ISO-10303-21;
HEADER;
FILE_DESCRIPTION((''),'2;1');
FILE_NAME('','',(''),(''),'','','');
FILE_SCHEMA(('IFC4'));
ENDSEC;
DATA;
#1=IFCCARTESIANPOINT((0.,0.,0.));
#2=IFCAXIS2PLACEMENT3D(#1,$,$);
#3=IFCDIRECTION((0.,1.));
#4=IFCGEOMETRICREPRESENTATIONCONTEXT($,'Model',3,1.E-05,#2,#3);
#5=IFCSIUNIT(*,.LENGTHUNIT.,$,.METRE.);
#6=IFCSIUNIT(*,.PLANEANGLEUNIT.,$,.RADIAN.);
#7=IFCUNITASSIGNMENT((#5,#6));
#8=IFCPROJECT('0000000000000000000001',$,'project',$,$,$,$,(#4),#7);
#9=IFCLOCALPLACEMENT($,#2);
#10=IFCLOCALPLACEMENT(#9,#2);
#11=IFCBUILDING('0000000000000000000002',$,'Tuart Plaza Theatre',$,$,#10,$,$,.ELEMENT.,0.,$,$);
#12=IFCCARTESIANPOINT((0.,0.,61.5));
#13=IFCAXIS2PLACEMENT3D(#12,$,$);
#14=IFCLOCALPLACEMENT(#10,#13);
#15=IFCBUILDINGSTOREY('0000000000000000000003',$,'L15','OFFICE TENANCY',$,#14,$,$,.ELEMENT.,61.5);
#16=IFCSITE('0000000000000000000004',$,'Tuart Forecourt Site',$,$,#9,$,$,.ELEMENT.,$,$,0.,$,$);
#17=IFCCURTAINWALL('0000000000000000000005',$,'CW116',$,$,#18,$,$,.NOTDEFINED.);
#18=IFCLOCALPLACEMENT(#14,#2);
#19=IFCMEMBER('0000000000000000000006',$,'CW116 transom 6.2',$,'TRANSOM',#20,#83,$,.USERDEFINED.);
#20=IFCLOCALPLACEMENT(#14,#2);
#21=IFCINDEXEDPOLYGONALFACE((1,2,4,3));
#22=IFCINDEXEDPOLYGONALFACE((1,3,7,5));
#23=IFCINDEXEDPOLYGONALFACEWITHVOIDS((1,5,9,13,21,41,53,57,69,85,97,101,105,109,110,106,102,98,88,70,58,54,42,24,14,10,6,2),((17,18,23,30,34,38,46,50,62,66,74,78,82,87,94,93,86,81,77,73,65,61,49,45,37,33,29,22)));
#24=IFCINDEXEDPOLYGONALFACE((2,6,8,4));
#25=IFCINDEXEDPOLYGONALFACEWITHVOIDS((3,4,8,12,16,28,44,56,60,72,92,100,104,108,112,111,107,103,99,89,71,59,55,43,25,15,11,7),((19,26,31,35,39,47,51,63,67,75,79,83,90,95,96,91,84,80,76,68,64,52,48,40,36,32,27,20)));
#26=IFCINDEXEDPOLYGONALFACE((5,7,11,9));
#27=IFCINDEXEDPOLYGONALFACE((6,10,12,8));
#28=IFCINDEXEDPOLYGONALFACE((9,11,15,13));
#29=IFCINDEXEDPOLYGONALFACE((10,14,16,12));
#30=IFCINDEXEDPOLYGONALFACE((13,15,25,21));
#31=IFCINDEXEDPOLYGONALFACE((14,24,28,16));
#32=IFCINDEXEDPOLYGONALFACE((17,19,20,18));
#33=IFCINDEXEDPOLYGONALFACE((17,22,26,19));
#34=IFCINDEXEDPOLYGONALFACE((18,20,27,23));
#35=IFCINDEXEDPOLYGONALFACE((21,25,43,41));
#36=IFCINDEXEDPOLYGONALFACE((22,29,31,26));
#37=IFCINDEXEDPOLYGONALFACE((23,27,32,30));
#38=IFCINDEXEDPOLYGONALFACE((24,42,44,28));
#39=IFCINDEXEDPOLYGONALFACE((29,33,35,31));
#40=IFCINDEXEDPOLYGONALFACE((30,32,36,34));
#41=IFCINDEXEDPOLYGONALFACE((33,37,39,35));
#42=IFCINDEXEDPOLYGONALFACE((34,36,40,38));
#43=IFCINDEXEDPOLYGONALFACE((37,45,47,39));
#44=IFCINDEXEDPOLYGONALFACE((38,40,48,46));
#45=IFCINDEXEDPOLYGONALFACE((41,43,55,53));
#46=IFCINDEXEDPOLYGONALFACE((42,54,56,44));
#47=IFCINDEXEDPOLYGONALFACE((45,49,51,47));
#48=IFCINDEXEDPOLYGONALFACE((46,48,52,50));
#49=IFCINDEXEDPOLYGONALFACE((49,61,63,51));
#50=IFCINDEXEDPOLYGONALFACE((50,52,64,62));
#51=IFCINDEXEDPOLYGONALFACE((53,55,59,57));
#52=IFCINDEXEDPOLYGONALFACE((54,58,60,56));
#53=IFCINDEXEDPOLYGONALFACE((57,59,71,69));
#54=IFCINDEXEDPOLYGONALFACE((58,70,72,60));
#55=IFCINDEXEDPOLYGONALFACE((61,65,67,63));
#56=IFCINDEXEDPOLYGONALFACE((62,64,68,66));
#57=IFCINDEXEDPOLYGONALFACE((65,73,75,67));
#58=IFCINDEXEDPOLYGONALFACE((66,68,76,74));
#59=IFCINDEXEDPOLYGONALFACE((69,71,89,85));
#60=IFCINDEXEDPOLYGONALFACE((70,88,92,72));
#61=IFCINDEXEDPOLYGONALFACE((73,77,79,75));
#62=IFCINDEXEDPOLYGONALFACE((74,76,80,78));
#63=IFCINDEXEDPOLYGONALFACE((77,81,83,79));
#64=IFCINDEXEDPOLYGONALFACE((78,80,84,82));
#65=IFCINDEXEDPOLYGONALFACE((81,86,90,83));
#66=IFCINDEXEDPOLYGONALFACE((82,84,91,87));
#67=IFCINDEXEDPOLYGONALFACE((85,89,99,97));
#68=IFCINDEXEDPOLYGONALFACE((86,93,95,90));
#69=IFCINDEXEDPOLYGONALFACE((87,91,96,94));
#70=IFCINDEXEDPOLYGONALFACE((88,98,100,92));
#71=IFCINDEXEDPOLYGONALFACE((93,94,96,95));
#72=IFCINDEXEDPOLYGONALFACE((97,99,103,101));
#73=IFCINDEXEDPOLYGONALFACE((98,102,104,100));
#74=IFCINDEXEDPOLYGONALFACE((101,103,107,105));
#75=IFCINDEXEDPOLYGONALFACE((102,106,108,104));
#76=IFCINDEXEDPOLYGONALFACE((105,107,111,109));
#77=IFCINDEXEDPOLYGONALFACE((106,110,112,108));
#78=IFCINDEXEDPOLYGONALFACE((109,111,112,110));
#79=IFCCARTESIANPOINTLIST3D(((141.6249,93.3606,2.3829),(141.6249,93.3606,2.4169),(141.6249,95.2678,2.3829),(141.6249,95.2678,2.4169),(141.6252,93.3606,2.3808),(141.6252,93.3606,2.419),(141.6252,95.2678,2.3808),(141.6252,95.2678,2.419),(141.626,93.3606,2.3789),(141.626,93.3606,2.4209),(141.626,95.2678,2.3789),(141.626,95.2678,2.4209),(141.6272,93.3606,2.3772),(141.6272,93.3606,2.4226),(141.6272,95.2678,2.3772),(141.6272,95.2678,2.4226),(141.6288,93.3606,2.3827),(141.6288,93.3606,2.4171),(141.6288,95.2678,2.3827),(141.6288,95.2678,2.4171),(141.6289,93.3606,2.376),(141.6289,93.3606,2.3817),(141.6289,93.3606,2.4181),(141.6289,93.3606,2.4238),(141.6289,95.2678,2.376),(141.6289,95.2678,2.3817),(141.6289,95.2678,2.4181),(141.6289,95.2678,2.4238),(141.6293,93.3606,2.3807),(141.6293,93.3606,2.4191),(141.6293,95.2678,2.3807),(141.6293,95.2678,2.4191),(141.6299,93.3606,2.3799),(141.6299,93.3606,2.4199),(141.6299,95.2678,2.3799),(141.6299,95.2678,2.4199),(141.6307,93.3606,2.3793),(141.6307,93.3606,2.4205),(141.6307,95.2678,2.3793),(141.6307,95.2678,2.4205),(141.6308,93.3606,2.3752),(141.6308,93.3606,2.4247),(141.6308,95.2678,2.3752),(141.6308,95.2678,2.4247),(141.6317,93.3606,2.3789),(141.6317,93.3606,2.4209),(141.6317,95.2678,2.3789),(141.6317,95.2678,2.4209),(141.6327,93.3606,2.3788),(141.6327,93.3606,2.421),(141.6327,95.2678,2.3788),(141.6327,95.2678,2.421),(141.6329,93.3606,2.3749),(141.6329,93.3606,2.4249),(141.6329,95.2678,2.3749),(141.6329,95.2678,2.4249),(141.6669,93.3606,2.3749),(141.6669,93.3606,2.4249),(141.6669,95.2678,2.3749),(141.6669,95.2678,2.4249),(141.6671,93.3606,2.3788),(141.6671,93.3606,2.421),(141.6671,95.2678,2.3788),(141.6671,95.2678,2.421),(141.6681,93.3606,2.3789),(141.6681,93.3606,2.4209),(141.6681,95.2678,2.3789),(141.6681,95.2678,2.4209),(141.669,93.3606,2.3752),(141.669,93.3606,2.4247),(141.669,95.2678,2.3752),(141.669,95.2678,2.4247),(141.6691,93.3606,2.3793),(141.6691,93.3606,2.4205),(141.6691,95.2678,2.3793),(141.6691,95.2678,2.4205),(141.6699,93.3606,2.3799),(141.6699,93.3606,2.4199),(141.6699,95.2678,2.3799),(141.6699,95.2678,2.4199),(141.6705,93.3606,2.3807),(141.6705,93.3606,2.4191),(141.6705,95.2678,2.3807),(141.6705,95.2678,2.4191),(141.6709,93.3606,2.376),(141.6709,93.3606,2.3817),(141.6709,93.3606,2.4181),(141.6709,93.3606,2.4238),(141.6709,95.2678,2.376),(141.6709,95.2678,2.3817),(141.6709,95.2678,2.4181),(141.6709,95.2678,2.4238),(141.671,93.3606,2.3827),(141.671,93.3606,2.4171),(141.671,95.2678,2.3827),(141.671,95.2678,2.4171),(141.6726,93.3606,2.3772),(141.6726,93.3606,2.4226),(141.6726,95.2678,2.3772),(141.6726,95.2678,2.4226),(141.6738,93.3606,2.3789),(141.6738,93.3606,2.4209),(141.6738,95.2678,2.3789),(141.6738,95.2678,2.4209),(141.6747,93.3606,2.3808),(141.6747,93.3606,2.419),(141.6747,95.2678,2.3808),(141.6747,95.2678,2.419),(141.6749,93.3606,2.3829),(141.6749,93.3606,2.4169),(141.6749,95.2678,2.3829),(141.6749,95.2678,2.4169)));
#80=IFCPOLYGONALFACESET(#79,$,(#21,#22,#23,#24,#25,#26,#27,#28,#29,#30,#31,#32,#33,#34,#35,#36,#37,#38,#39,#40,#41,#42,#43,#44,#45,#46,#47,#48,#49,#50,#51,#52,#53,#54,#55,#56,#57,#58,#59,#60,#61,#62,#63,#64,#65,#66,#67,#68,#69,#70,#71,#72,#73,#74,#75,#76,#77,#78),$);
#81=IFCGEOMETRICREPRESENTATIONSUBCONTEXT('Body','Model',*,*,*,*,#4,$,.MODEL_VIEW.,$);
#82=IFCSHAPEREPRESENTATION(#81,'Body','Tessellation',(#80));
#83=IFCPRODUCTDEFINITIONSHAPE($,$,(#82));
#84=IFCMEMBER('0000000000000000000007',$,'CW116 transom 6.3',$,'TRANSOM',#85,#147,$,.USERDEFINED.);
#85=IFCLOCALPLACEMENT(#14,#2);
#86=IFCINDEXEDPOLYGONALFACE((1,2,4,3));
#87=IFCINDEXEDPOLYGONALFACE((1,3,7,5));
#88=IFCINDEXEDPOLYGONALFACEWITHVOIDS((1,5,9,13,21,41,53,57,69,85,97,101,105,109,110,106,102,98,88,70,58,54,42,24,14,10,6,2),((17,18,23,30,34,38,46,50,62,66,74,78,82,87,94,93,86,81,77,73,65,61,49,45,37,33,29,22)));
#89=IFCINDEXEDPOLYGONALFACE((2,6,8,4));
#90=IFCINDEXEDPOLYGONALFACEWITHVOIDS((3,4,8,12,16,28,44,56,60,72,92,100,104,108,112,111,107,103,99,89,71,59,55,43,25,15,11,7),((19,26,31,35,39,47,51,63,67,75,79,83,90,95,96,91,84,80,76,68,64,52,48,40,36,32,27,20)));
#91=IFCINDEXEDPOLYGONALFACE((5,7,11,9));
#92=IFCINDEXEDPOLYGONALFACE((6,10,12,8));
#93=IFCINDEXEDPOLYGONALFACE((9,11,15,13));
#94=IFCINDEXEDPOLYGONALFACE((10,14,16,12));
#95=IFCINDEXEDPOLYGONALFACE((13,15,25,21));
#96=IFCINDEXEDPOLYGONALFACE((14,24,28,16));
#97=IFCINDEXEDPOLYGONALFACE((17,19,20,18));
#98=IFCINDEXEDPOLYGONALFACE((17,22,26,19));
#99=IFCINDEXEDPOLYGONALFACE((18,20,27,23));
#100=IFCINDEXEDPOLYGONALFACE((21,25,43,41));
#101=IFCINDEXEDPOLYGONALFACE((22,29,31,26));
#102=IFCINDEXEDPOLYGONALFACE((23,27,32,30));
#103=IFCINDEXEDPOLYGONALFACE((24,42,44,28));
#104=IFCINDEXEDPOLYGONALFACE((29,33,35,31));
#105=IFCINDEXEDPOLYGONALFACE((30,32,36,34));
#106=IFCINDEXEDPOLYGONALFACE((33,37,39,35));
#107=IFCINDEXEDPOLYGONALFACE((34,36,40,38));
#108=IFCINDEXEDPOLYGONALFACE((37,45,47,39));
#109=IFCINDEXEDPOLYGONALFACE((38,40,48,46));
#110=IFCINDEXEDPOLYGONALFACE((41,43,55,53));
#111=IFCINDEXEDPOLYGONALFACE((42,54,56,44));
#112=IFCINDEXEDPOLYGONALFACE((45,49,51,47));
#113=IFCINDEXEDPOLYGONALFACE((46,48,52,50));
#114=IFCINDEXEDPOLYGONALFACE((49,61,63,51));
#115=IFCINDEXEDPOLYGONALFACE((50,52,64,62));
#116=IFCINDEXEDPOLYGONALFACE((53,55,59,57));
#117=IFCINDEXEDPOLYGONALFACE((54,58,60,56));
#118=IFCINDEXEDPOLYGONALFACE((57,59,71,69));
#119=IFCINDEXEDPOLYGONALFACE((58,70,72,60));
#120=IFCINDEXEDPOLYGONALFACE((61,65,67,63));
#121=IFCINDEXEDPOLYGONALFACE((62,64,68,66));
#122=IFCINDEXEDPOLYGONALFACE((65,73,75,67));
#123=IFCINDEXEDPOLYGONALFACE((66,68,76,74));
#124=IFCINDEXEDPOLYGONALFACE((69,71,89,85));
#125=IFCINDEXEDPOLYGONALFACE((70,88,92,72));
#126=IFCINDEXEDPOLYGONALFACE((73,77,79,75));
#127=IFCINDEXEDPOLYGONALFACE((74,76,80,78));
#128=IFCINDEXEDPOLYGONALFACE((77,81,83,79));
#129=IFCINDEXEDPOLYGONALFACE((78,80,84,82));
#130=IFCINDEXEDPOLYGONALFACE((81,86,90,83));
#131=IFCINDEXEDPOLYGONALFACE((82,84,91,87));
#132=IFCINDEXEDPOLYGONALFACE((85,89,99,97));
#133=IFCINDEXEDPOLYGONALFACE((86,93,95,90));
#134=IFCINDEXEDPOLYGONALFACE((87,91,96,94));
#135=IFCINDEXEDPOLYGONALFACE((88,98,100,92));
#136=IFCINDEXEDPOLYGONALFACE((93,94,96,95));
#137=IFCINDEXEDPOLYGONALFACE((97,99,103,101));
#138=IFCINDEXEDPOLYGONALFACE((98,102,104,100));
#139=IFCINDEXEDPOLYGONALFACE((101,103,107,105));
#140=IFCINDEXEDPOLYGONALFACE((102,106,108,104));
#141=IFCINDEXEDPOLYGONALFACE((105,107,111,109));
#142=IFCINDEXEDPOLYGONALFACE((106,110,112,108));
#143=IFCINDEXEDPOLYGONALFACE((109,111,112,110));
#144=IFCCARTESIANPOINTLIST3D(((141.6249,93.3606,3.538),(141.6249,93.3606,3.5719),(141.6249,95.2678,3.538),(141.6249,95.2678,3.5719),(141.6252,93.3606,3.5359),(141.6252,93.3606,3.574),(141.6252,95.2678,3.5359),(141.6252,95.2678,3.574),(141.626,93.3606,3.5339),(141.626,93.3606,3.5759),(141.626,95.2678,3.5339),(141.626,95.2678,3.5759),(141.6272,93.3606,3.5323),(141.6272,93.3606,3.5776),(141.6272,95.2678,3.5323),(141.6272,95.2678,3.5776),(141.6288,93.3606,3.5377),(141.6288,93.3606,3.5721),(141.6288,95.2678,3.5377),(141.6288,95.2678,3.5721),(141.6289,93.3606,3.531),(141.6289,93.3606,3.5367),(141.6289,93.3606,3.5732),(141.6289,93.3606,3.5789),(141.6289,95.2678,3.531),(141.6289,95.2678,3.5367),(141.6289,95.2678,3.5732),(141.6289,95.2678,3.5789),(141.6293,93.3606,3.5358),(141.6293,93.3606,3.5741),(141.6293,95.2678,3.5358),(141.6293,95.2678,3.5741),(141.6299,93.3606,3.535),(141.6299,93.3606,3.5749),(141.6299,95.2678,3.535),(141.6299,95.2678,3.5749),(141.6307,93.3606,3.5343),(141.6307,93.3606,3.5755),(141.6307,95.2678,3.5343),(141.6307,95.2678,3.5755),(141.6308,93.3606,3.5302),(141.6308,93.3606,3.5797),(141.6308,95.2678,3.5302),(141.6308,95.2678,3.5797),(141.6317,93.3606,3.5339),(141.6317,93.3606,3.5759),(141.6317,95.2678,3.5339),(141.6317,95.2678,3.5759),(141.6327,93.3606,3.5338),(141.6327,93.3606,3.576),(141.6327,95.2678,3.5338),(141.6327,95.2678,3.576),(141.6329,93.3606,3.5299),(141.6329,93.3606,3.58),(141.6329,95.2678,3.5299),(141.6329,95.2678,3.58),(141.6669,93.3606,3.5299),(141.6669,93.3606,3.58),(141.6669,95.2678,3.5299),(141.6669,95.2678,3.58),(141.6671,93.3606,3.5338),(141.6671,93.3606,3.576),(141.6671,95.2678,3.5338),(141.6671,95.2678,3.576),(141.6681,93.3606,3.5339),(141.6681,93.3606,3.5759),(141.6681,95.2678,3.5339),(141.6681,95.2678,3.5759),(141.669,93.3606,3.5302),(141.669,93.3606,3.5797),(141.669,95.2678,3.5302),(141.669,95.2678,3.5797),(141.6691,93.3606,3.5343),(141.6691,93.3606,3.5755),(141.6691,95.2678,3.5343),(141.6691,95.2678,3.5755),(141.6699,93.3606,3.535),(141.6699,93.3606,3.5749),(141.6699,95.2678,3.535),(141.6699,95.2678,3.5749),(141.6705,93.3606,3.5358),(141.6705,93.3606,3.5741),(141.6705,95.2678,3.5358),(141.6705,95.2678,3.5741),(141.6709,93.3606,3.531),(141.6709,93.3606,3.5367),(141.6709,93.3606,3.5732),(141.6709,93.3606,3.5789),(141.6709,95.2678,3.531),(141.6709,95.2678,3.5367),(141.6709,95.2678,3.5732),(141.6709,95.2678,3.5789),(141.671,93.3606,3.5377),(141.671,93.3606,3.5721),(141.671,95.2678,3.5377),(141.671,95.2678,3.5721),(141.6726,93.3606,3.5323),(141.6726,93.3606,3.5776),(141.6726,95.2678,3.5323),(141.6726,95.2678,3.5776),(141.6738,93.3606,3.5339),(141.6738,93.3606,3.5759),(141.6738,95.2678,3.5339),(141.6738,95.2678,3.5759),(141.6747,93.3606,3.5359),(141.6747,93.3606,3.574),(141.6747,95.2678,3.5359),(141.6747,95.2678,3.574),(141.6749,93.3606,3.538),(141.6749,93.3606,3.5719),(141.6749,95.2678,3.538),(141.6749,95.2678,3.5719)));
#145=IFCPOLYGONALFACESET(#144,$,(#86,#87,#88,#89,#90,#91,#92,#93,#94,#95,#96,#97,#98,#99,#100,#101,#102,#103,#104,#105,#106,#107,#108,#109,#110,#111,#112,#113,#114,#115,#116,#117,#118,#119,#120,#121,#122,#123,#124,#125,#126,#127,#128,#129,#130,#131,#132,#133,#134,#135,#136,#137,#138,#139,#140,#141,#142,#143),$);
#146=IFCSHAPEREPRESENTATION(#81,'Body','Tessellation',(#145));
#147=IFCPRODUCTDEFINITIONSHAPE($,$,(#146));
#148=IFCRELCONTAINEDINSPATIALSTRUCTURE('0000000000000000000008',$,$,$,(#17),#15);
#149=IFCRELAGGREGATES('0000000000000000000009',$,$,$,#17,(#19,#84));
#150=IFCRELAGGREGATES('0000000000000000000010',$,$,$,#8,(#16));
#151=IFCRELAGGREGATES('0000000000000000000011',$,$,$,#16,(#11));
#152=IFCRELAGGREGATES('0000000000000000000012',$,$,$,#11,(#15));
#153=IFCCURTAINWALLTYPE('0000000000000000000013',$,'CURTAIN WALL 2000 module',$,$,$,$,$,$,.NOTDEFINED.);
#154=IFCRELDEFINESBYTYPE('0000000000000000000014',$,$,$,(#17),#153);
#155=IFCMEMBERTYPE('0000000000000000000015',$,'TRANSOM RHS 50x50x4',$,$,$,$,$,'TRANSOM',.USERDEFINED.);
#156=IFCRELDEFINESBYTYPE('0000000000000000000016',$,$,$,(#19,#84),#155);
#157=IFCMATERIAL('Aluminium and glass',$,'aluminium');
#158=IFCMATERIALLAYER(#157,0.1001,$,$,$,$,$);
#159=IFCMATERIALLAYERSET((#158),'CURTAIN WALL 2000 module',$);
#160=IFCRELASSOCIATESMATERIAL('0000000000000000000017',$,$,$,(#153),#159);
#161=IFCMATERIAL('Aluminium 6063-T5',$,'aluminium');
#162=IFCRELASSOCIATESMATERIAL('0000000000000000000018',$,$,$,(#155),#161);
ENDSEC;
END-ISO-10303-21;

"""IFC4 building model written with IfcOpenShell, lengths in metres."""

from ifc_helpers import new_model, si_unit, direction, frame, origin, origin_2d, place, context, subcontext, project, spatial, hollow_rectangle, extrude, material, layer, layer_set, material_profile, profile_set, type_object, element, aggregate, save


model = new_model("IFC4")

# Units and contexts
model_context = context("Model", 3, precision=1e-05, world=origin(), true_north=direction((0.0, 1.0)))
body_context = subcontext(model_context, "Body", "Model", "MODEL_VIEW")
ifc_project = project(units=[si_unit("LENGTHUNIT", "METRE"), si_unit("PLANEANGLEUNIT", "RADIAN")], contexts=[model_context])

# Site, building, storey
site_placement = place(None, origin())
site = spatial("IfcSite", under=ifc_project, at=site_placement, Name="Tuart Forecourt Site", CompositionType="ELEMENT", RefElevation=0.0)
building_placement = place(site_placement, origin())
building = spatial("IfcBuilding", under=site, at=building_placement, Name="Tuart Plaza Theatre", CompositionType="ELEMENT", ElevationOfRefHeight=0.0)
storey_placement = place(building_placement, frame((0.0, 0.0, 61.5)))
storey = spatial("IfcBuildingStorey", under=building, at=storey_placement, Name="L15", Description="OFFICE TENANCY", CompositionType="ELEMENT", Elevation=61.5)

# Curtain wall
ifc_material_1 = material(Name="Aluminium and glass", Category="aluminium")
ifc_layer_1 = layer(ifc_material_1, 0.1001)
ifc_layer_set_1 = layer_set([ifc_layer_1], Name="CURTAIN WALL 2000 module")
curtain_wall_type = type_object("IfcCurtainWallType", Name="CURTAIN WALL 2000 module", PredefinedType="NOTDEFINED", material=ifc_layer_set_1)
curtain_wall_1_placement = place(storey_placement, origin())
curtain_wall_1 = element("IfcCurtainWall", 1, at=curtain_wall_1_placement, inside=storey, type_object=curtain_wall_type, Name="CW116", PredefinedType="NOTDEFINED")

# Members
ifc_material_2 = material(Name="Aluminium 6063-T5", Category="aluminium")
ifc_material_profile_1 = material_profile(ifc_material_2, hollow_rectangle(XDim=0.05, YDim=0.05, WallThickness=0.0039, InnerFilletRadius=0.0039, OuterFilletRadius=0.0081, at=origin_2d()), Name="RHS 50x50x4")
ifc_profile_set_1 = profile_set([ifc_material_profile_1], Name="Aluminium 6063-T5")
member_type_1 = type_object("IfcMemberType", Name="TRANSOM RHS 50x50x4", ElementType="TRANSOM", PredefinedType="USERDEFINED", material=ifc_profile_set_1)
member_1_placement = place(storey_placement, frame((141.6499, 93.3606, 2.3999), z_axis=(0.0, 1.0, 0.0), x_axis=(-1.0, 0.0, 0.0)))
member_1 = element("IfcMember", 2, at=member_1_placement, type_object=member_type_1, Name="CW116 transom 6.2", ObjectType="TRANSOM", PredefinedType="USERDEFINED", context=body_context, shape_type="SweptSolid", body=[
    extrude(hollow_rectangle(XDim=0.05, YDim=0.05, WallThickness=0.0039, InnerFilletRadius=0.0039, OuterFilletRadius=0.0081, at=origin_2d()), origin(), (0.0, 0.0, 1.0), 1.9072),
])
member_2_placement = place(storey_placement, frame((141.6499, 93.3606, 3.5549), z_axis=(0.0, 1.0, 0.0), x_axis=(-1.0, 0.0, 0.0)))
member_2 = element("IfcMember", 3, at=member_2_placement, type_object=member_type_1, Name="CW116 transom 6.3", ObjectType="TRANSOM", PredefinedType="USERDEFINED", context=body_context, shape_type="SweptSolid", body=[
    extrude(hollow_rectangle(XDim=0.05, YDim=0.05, WallThickness=0.0039, InnerFilletRadius=0.0039, OuterFilletRadius=0.0081, at=origin_2d()), origin(), (0.0, 0.0, 1.0), 1.9072),
])

aggregate(curtain_wall_1, [member_1, member_2])

save(model, "model.ifc")
